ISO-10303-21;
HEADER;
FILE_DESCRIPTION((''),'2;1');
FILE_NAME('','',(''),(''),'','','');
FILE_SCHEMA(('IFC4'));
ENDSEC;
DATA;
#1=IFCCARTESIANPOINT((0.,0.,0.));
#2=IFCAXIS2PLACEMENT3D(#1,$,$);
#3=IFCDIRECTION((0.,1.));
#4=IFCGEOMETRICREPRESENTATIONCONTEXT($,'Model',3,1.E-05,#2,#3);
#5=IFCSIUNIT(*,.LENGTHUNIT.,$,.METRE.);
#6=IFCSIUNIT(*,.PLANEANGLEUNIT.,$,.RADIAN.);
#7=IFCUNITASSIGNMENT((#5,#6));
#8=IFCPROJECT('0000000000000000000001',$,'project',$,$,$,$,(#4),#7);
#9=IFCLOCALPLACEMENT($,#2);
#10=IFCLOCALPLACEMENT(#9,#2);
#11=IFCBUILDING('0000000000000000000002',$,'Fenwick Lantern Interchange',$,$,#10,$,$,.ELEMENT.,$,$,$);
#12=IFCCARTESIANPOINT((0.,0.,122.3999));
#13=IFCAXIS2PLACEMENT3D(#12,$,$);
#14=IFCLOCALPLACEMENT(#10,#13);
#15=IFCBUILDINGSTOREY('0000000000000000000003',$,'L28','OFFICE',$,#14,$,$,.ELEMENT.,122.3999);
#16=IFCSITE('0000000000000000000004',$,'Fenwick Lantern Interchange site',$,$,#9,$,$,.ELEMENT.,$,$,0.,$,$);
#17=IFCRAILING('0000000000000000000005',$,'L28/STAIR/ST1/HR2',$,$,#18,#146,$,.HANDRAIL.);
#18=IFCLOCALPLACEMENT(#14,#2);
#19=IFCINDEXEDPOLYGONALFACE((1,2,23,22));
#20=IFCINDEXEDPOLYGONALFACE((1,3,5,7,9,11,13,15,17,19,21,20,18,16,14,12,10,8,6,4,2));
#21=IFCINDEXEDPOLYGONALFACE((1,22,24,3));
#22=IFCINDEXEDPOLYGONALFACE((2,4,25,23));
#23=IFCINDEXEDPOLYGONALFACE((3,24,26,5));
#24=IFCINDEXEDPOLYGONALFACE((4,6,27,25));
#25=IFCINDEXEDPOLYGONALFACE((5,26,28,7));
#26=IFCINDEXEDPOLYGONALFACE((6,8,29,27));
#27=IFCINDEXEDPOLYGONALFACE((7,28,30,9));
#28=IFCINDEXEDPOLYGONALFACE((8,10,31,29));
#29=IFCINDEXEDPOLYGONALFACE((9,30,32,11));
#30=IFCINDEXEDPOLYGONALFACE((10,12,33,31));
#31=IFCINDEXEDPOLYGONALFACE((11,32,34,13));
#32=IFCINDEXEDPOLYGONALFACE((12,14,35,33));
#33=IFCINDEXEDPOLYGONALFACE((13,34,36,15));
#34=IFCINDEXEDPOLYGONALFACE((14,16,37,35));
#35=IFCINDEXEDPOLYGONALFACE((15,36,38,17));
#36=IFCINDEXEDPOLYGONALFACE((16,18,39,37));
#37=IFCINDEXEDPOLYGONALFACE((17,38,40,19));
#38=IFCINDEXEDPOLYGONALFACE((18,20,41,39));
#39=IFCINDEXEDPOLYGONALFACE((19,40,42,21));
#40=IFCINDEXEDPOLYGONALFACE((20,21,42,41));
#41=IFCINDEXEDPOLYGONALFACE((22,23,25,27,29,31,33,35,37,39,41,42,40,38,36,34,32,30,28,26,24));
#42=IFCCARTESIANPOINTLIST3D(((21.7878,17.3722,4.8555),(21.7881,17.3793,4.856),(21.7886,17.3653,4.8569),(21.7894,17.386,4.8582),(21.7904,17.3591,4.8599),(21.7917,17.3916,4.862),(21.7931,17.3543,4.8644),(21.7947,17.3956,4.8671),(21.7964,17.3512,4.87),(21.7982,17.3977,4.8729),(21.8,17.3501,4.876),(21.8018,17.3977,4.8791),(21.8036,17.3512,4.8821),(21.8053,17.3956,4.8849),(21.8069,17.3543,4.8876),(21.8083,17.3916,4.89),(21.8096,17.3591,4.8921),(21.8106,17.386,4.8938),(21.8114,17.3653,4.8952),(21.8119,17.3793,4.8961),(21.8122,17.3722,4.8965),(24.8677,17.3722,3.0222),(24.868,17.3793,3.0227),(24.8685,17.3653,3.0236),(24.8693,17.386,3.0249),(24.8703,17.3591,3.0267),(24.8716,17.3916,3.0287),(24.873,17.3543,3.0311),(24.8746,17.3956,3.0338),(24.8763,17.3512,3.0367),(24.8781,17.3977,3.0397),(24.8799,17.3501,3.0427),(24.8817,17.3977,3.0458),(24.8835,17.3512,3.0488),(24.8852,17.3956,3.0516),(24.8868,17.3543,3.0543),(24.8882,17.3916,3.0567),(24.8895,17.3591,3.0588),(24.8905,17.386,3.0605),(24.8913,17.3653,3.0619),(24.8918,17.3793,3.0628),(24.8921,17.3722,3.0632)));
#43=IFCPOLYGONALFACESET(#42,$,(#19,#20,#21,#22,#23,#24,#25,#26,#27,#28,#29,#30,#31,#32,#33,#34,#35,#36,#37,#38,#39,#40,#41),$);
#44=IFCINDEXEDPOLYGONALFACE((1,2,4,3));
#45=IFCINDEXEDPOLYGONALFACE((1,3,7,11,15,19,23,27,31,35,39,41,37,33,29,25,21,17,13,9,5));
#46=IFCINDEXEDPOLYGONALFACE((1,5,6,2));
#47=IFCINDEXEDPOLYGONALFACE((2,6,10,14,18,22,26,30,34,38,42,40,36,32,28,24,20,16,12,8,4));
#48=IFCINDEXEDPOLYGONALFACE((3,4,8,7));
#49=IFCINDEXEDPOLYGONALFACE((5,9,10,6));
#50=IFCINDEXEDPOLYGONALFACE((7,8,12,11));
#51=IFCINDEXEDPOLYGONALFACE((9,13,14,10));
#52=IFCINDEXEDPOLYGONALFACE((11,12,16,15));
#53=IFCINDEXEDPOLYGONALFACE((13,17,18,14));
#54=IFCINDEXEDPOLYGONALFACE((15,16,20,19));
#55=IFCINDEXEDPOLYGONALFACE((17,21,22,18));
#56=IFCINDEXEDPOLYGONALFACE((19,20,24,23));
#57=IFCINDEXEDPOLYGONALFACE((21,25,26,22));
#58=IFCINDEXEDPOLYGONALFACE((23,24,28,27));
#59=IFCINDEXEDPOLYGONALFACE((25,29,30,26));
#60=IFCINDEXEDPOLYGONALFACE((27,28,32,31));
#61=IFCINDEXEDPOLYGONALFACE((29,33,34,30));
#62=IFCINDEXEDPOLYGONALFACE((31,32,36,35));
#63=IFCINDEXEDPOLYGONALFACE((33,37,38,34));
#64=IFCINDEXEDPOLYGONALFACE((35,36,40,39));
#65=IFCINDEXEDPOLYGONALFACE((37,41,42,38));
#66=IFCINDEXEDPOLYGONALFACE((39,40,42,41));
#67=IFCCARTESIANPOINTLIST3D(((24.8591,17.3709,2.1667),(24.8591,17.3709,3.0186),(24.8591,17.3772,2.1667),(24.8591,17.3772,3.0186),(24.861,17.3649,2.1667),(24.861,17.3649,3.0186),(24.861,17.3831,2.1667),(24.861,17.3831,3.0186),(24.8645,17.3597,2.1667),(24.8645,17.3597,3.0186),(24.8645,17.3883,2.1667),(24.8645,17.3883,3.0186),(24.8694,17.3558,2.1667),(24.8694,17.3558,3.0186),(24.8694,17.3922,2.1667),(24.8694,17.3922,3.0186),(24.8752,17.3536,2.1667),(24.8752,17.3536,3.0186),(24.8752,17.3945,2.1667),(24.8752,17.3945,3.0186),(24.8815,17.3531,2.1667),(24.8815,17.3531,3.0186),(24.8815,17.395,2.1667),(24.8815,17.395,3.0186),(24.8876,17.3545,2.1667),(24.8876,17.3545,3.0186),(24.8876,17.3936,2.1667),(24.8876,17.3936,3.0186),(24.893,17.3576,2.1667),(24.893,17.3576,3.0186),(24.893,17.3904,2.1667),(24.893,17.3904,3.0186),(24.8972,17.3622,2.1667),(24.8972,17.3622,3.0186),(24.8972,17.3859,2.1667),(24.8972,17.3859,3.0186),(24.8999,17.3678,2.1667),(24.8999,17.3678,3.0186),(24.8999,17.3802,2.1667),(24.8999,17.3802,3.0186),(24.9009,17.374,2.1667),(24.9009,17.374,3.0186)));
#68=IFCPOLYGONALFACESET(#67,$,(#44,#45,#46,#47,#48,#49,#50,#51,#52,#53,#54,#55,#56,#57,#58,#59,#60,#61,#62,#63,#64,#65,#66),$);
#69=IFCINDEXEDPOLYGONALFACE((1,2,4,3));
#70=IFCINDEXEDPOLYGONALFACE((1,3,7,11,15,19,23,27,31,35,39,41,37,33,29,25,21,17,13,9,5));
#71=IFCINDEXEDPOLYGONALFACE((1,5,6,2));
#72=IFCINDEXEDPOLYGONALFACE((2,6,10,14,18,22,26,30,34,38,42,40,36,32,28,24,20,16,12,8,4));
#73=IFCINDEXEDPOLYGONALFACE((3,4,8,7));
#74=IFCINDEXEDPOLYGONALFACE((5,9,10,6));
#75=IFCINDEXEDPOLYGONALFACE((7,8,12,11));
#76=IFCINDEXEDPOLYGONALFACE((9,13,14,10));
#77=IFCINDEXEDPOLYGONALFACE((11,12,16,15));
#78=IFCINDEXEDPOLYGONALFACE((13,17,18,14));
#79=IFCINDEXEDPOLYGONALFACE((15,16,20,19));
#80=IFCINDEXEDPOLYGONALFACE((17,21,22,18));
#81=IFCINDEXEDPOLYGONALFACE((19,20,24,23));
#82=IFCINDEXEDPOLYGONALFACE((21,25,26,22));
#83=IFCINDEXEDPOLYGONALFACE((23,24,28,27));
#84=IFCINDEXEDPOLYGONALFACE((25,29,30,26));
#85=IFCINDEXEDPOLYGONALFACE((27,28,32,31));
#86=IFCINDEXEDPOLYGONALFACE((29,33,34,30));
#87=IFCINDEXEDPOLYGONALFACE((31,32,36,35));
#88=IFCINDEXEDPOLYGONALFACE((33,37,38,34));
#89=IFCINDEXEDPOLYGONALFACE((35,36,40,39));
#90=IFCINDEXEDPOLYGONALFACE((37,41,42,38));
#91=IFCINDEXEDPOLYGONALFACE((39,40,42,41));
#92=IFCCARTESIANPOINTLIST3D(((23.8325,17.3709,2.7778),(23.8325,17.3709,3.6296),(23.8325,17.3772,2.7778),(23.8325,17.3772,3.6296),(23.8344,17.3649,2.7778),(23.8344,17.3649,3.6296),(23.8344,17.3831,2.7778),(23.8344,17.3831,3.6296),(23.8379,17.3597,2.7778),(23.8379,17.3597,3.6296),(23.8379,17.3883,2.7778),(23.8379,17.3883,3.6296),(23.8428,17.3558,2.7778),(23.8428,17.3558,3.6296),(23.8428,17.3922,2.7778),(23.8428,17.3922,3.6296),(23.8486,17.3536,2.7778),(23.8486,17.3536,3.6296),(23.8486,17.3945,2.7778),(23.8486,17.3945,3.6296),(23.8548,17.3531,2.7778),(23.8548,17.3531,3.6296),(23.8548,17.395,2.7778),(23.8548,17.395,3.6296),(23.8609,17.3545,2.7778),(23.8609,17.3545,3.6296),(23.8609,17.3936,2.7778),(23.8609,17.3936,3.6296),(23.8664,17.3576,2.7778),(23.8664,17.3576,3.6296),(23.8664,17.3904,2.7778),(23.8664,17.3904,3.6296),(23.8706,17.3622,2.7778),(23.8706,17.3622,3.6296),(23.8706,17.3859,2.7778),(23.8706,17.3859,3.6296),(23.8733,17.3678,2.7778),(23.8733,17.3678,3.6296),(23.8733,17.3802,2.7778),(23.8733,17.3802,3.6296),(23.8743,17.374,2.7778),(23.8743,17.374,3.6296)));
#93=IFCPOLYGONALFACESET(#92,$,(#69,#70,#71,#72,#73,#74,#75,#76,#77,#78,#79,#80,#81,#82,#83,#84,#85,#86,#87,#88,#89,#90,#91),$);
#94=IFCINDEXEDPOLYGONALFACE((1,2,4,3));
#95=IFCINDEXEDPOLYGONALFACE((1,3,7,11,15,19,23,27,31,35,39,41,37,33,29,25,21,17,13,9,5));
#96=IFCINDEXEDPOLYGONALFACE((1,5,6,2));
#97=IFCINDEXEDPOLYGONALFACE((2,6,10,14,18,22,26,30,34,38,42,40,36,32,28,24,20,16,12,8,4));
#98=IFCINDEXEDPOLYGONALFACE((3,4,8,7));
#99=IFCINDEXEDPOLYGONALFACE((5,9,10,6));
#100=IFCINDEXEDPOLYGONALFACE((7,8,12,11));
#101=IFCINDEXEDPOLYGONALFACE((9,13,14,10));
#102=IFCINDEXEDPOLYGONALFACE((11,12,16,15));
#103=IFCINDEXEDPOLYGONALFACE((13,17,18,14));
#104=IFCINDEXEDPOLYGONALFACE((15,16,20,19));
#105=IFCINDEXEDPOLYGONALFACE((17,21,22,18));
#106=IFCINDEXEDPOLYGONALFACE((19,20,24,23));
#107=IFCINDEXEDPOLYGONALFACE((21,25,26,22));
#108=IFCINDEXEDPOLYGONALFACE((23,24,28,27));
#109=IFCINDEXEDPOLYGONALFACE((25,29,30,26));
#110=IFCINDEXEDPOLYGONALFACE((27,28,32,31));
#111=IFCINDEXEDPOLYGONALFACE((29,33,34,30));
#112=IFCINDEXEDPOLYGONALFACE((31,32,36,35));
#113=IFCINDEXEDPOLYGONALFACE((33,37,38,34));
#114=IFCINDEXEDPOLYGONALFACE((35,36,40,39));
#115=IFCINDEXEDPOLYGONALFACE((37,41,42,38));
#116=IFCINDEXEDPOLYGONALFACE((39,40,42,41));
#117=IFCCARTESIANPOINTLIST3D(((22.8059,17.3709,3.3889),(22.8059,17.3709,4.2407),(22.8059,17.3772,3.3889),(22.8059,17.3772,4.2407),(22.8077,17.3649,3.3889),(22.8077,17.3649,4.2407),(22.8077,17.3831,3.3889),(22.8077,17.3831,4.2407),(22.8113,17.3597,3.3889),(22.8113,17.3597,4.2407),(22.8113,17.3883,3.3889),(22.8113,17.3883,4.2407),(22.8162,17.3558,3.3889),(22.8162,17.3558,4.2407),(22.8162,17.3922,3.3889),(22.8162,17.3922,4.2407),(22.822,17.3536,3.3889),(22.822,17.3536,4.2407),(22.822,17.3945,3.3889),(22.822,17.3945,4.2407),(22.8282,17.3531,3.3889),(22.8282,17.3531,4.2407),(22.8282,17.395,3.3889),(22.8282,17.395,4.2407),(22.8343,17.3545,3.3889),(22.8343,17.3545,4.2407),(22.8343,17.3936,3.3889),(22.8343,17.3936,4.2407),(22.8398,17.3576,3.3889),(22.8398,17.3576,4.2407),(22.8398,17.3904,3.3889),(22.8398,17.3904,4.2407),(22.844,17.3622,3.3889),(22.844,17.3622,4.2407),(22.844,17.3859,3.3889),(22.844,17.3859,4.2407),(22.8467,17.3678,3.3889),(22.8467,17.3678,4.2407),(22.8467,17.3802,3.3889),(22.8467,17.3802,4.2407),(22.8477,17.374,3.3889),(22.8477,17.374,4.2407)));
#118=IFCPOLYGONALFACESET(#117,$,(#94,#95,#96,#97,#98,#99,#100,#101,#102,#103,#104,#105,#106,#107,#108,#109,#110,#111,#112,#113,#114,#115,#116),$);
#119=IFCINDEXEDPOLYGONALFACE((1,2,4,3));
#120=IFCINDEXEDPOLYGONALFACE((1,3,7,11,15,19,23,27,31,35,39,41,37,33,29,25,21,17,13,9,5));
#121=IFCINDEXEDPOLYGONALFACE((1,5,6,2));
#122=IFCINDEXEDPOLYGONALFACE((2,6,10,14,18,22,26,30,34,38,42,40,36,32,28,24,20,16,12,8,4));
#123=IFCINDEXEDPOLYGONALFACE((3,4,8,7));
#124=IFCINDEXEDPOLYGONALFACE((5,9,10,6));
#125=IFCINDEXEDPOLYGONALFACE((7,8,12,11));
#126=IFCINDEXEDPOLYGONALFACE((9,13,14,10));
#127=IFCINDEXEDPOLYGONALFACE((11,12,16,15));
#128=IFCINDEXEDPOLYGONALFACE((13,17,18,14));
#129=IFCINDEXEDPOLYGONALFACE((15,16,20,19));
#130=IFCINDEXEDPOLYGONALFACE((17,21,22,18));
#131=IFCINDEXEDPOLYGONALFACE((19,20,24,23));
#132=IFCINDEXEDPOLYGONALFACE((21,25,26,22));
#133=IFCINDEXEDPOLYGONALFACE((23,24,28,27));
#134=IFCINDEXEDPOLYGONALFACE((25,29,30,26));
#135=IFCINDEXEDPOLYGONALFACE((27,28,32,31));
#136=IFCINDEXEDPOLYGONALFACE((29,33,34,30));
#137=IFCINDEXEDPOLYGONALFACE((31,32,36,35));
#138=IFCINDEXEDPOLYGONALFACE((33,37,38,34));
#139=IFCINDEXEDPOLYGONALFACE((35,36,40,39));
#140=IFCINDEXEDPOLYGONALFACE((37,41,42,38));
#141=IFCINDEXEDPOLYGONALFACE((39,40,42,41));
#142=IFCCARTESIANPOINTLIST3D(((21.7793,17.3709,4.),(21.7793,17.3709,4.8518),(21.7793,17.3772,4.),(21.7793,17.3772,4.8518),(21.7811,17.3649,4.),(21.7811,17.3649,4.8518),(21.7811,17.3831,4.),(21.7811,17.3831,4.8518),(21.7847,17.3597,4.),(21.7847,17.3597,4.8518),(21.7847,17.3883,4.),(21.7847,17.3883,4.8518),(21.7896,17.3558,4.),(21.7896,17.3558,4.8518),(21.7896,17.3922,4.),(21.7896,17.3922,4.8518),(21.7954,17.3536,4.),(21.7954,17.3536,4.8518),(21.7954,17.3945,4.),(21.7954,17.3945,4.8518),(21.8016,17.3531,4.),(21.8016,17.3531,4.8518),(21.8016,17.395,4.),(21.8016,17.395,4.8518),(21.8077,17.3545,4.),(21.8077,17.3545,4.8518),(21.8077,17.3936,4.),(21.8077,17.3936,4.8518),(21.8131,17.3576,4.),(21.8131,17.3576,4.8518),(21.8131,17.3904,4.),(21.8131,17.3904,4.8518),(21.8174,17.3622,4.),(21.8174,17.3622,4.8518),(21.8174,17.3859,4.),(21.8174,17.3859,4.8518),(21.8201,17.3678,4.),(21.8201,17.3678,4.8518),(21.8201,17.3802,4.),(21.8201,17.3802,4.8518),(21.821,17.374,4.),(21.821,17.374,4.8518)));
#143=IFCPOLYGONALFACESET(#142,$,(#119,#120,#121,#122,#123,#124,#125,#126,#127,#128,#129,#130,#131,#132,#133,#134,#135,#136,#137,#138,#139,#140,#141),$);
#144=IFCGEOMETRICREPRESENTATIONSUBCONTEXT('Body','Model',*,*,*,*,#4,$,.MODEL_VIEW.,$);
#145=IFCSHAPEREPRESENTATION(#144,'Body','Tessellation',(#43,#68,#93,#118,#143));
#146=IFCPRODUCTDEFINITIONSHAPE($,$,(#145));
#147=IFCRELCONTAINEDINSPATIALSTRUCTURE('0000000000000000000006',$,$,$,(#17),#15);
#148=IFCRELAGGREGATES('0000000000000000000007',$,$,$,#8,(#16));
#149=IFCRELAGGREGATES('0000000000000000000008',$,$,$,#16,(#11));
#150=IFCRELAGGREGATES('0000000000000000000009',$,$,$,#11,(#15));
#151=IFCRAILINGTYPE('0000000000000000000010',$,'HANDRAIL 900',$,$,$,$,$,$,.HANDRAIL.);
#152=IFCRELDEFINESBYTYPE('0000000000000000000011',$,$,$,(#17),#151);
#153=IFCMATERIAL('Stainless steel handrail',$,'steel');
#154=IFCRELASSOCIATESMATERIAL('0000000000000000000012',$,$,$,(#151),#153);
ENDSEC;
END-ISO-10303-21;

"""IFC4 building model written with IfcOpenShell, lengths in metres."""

from ifc_helpers import new_model, si_unit, direction, frame, origin, origin_2d, place, context, subcontext, project, spatial, circle, extrude, material, type_object, element, save


model = new_model("IFC4")

# Units and contexts
model_context = context("Model", 3, precision=1e-05, world=origin(), true_north=direction((0.0, 1.0)))
body_context = subcontext(model_context, "Body", "Model", "MODEL_VIEW")
ifc_project = project(units=[si_unit("LENGTHUNIT", "METRE"), si_unit("PLANEANGLEUNIT", "RADIAN")], contexts=[model_context])

# Site, building, storey
site_placement = place(None, origin())
site = spatial("IfcSite", under=ifc_project, at=site_placement, Name="Fenwick Lantern Interchange site", CompositionType="ELEMENT", RefElevation=0.0)
building_placement = place(site_placement, origin())
building = spatial("IfcBuilding", under=site, at=building_placement, Name="Fenwick Lantern Interchange", CompositionType="ELEMENT")
storey_placement = place(building_placement, frame((0.0, 0.0, 122.3999)))
storey = spatial("IfcBuildingStorey", under=building, at=storey_placement, Name="L28", Description="OFFICE", CompositionType="ELEMENT", Elevation=122.3999)

# Railing
ifc_material_1 = material(Name="Stainless steel handrail", Category="steel")
railing_type = type_object("IfcRailingType", Name="HANDRAIL 900", PredefinedType="HANDRAIL", material=ifc_material_1)
railing_1_placement = place(storey_placement, frame((24.8799, 17.374, 2.1667)))
element("IfcRailing", 1, at=railing_1_placement, inside=storey, type_object=railing_type, Name="L28/STAIR/ST1/HR2", PredefinedType="HANDRAIL", context=body_context, shape_type="SweptSolid", body=[
    extrude(circle(Radius=0.0239, at=origin_2d()), frame((0.0, 0.0, 0.876), z_axis=(-0.859291, 0.0, 0.511487), x_axis=(0.0, -1.0, 0.0)), (0.0, 0.0, 1.0), 3.5842),
    extrude(circle(Radius=0.021, at=origin_2d()), origin(), (0.0, 0.0, 1.0), 0.8518),
    extrude(circle(Radius=0.021, at=origin_2d()), frame((-1.0266, 0.0, 0.6111)), (0.0, 0.0, 1.0), 0.8518),
    extrude(circle(Radius=0.021, at=origin_2d()), frame((-2.0532, 0.0, 1.2222)), (0.0, 0.0, 1.0), 0.8518),
    extrude(circle(Radius=0.021, at=origin_2d()), frame((-3.0798, 0.0, 1.8333)), (0.0, 0.0, 1.0), 0.8518),
])

save(model, "model.ifc")
